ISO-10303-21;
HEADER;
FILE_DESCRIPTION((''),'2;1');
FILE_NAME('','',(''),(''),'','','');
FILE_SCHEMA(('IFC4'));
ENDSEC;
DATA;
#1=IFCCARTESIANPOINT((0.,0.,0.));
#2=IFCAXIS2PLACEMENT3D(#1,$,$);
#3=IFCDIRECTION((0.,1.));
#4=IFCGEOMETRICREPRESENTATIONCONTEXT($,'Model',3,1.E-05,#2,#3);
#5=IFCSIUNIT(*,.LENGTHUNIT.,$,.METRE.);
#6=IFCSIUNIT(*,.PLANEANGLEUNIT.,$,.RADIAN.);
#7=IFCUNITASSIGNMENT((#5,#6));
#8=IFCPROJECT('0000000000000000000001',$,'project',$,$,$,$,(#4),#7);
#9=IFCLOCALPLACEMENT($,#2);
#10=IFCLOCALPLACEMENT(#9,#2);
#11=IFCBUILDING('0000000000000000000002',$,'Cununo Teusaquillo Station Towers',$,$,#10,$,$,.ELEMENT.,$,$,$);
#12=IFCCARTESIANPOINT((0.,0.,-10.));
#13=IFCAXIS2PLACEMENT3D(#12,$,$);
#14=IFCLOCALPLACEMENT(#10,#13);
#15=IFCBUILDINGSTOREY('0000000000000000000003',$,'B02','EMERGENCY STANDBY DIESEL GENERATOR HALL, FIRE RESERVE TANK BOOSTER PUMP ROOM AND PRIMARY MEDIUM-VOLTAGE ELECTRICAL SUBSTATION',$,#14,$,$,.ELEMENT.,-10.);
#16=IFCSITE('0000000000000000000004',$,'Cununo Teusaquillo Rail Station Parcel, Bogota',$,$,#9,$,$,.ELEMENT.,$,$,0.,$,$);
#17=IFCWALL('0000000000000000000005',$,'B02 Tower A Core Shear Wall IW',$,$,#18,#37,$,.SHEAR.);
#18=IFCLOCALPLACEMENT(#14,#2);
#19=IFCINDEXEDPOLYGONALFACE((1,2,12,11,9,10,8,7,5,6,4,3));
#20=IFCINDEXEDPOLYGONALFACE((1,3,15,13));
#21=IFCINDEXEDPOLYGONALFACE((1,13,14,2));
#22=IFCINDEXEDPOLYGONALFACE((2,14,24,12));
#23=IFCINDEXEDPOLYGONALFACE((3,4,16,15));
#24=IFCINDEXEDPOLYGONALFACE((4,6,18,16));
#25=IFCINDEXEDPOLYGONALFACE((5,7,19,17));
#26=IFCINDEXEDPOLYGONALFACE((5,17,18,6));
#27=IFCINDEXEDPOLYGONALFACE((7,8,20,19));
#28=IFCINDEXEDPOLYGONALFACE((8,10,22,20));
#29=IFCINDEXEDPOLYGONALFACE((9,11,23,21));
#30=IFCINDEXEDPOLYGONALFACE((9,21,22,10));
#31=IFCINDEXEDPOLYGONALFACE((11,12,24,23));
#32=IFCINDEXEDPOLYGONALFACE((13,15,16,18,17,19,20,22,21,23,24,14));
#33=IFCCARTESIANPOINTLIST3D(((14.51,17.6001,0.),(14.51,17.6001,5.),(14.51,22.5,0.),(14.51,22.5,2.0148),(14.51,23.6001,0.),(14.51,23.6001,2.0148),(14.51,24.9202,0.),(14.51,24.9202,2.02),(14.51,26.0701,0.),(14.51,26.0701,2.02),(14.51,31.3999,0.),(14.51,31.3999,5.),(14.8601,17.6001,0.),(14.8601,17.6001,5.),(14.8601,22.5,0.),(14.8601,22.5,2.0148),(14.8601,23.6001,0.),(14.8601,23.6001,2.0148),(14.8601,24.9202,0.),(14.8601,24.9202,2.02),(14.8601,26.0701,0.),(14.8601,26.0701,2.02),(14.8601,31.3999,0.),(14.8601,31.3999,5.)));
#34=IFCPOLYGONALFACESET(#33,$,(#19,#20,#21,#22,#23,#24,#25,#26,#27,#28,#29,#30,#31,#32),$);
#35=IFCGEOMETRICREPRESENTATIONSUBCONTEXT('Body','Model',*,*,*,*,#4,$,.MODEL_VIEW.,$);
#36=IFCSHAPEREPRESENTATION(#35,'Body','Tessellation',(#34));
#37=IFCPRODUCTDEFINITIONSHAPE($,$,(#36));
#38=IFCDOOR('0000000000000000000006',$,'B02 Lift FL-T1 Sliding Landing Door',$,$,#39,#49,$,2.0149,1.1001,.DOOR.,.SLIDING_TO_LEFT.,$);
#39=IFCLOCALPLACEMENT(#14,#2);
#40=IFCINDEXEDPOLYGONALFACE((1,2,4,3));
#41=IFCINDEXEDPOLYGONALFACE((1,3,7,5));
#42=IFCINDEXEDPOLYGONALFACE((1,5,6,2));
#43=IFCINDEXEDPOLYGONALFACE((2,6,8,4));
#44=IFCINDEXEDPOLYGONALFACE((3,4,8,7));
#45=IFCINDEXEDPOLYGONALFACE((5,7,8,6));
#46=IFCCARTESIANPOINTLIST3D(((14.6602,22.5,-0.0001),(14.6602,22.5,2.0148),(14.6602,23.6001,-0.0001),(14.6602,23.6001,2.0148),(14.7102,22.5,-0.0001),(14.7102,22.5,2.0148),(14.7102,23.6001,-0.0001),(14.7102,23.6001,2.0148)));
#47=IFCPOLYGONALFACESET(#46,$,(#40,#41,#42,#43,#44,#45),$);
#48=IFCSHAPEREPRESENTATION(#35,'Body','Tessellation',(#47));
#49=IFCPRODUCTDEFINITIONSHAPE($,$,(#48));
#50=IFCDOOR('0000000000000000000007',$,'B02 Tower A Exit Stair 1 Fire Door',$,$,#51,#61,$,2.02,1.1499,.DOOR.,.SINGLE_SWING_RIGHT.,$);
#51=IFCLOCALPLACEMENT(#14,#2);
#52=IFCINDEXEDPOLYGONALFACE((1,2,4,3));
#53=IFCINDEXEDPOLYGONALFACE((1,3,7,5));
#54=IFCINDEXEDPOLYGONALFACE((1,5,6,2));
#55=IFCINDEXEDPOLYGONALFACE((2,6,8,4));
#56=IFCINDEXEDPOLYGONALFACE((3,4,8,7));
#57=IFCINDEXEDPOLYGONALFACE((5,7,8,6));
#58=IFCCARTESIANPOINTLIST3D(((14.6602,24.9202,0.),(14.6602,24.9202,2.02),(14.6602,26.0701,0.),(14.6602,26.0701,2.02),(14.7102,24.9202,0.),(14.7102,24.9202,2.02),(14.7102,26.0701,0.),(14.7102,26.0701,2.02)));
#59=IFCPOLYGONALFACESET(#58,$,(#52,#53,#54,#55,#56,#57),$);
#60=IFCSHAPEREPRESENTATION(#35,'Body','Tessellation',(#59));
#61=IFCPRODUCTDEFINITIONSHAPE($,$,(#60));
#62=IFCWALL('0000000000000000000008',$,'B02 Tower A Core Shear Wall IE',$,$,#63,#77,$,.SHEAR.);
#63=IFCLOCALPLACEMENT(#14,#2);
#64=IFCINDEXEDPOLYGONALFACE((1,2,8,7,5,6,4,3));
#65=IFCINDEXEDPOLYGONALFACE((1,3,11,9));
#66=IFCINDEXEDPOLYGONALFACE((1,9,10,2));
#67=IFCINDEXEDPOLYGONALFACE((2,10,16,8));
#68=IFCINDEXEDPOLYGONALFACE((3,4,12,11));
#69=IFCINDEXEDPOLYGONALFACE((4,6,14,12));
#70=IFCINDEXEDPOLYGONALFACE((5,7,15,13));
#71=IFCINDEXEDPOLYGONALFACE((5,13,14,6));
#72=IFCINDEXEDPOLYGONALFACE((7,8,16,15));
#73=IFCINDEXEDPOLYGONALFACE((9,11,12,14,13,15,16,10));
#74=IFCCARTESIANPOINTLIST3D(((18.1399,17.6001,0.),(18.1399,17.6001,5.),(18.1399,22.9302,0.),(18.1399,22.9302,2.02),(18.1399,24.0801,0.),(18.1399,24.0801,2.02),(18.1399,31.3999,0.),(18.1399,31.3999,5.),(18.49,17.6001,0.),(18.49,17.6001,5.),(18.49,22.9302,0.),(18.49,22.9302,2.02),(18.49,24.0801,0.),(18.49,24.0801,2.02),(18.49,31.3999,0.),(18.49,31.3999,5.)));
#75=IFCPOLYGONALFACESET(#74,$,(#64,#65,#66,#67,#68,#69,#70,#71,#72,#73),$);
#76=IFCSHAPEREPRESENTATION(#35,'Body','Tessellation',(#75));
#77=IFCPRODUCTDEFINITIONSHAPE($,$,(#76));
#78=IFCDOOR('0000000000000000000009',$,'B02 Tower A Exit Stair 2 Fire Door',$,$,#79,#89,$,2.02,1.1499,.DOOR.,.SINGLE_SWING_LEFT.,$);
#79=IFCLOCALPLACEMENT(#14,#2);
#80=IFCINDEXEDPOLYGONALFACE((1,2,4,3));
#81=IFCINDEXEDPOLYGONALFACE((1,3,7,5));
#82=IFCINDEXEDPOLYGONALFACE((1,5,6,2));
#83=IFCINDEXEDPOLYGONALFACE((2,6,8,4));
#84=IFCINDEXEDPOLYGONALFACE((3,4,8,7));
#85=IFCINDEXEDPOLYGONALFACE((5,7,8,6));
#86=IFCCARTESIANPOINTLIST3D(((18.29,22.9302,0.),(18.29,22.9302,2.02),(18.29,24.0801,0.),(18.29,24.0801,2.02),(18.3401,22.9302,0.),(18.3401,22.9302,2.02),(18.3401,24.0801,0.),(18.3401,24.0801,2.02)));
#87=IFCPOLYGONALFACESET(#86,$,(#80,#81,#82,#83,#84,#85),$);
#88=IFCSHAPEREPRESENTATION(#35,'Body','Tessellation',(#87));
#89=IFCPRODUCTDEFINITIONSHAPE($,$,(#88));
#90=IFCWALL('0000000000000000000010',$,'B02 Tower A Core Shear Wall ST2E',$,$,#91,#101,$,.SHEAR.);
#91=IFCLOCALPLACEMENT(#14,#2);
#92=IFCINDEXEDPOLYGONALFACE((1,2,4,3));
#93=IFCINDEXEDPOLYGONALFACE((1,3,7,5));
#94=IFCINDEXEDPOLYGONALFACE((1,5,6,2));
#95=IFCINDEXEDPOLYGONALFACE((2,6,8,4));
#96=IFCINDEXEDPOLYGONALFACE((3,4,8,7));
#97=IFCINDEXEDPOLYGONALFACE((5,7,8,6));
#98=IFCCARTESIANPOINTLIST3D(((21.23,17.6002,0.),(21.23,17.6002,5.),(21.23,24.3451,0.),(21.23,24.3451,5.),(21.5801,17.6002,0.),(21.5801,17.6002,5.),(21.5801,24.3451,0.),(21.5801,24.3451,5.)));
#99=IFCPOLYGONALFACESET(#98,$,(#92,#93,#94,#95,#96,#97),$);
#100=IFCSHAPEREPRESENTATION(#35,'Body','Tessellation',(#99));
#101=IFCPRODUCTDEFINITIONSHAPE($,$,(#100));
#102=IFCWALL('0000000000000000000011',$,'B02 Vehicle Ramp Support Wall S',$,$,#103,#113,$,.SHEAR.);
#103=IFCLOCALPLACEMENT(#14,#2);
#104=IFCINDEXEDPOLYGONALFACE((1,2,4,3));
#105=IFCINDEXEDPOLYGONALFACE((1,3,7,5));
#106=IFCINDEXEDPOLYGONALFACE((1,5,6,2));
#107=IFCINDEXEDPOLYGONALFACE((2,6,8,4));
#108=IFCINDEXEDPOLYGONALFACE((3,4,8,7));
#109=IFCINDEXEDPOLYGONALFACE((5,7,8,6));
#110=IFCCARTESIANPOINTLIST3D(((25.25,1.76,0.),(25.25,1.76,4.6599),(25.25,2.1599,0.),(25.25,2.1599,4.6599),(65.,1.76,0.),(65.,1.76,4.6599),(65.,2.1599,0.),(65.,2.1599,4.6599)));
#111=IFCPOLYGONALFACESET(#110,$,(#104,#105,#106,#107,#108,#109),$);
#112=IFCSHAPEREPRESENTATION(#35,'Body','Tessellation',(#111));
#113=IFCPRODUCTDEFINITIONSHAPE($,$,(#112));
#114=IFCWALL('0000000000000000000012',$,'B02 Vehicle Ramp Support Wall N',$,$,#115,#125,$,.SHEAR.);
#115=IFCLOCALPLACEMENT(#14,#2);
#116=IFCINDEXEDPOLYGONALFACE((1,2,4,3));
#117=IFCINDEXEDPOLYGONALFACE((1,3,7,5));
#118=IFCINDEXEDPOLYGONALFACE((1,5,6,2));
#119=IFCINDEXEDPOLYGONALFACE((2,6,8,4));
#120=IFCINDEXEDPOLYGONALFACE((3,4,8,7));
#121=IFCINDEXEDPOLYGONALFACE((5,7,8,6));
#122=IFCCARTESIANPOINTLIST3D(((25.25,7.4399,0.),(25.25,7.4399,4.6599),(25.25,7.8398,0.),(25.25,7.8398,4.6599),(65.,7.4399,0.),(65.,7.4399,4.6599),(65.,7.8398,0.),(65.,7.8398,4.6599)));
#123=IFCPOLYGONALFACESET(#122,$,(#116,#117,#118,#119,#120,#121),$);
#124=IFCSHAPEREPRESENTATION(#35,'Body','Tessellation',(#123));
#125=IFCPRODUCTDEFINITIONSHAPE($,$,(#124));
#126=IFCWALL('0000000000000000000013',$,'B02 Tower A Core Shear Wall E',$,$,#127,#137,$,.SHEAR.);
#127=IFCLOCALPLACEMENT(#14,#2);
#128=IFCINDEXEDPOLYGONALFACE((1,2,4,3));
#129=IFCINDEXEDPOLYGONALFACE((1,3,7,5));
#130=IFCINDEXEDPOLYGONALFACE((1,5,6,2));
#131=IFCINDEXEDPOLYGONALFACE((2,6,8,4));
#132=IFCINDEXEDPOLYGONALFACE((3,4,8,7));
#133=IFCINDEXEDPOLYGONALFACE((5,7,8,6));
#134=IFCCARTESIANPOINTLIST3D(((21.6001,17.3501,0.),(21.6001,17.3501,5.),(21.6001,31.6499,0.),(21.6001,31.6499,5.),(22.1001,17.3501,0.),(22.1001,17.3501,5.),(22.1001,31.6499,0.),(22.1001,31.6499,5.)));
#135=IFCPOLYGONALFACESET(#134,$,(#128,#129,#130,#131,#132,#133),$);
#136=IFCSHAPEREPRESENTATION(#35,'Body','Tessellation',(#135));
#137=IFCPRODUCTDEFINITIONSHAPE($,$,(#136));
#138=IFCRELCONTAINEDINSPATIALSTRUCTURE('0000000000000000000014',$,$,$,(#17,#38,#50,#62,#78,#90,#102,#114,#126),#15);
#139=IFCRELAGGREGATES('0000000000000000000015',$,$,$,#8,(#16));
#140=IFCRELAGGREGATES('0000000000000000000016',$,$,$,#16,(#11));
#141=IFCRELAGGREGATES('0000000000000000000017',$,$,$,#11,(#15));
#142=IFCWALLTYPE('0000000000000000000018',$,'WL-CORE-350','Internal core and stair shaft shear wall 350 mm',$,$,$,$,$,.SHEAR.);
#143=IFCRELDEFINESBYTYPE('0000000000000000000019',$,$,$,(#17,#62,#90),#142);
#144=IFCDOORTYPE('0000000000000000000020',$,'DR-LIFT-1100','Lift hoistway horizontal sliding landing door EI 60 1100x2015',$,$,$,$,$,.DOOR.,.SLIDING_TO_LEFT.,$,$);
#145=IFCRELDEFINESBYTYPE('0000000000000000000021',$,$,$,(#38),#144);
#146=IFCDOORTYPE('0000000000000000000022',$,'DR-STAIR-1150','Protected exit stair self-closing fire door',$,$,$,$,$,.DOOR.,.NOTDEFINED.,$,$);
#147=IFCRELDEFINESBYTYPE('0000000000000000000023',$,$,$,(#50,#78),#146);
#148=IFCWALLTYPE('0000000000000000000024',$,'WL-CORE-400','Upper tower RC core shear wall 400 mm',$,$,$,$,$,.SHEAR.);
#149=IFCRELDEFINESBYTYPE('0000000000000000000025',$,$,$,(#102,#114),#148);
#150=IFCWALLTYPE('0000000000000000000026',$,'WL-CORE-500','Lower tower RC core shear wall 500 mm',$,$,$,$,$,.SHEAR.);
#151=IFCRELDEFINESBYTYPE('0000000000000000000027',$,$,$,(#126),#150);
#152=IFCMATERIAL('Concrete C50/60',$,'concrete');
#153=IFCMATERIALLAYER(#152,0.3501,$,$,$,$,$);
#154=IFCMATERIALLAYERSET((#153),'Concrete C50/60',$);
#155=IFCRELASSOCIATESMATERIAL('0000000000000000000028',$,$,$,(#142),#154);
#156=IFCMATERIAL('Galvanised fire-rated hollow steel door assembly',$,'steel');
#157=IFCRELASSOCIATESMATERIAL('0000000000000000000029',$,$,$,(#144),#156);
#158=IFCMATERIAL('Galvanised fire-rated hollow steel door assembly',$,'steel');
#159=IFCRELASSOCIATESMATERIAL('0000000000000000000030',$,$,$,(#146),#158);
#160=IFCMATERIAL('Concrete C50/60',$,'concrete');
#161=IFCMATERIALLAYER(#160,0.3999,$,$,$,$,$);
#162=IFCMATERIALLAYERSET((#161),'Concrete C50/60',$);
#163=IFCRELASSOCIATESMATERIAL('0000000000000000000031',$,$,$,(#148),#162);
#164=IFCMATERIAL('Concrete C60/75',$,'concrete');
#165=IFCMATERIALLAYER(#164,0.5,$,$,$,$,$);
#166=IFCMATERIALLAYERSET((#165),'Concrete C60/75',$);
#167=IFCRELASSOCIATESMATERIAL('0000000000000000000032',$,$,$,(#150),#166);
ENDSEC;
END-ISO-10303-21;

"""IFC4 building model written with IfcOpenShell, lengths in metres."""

from ifc_helpers import new_model, si_unit, direction, frame, frame_2d, origin, place, context, subcontext, project, spatial, rectangle, extrude, source, transform, mapped, material, layer, layer_set, type_object, element, fill, save


model = new_model("IFC4")

# Units and contexts
model_context = context("Model", 3, precision=1e-05, world=origin(), true_north=direction((0.0, 1.0)))
body_context = subcontext(model_context, "Body", "Model", "MODEL_VIEW")
ifc_project = project(units=[si_unit("LENGTHUNIT", "METRE"), si_unit("PLANEANGLEUNIT", "RADIAN")], contexts=[model_context])

# Site, building, storey
site_placement = place(None, origin())
site = spatial("IfcSite", under=ifc_project, at=site_placement, Name="Cununo Teusaquillo Rail Station Parcel, Bogota", CompositionType="ELEMENT", RefElevation=0.0)
building_placement = place(site_placement, origin())
building = spatial("IfcBuilding", under=site, at=building_placement, Name="Cununo Teusaquillo Station Towers", CompositionType="ELEMENT")
storey_placement = place(building_placement, frame((0.0, 0.0, -10.0)))
storey = spatial("IfcBuildingStorey", under=building, at=storey_placement, Name="B02", Description="EMERGENCY STANDBY DIESEL GENERATOR HALL, FIRE RESERVE TANK BOOSTER PUMP ROOM AND PRIMARY MEDIUM-VOLTAGE ELECTRICAL SUBSTATION", CompositionType="ELEMENT", Elevation=-10.0)

# Wall, openings, doors
ifc_material_1 = material(Name="Concrete C50/60", Category="concrete")
ifc_layer_1 = layer(ifc_material_1, 0.3501)
ifc_layer_set_1 = layer_set([ifc_layer_1], Name="Concrete C50/60")
wall_type_1 = type_object("IfcWallType", Name="WL-CORE-350", Description="Internal core and stair shaft shear wall 350 mm", PredefinedType="SHEAR", material=ifc_layer_set_1)
wall_1_placement = place(storey_placement, frame((14.6851, 17.6001, 0.0), z_axis=(0.0, 0.0, 1.0), x_axis=(0.0, 1.0, 0.0)))
wall_1 = element("IfcWall", 1, at=wall_1_placement, inside=storey, type_object=wall_type_1, Name="B02 Tower A Core Shear Wall IW", PredefinedType="SHEAR", context=body_context, shape_type="SweptSolid", body=[
    extrude(rectangle(XDim=13.7998, YDim=0.3501, at=frame_2d((6.8999, 0.0))), origin(), (0.0, 0.0, 1.0), 5.0),
])
shared_shape_1 = source(origin(), body_context, "Body", "SweptSolid", [
    extrude(rectangle(XDim=1.1001, YDim=2.0149, at=frame_2d((0.55, 1.0073))), frame((0.0, 0.1851, 0.0), z_axis=(0.0, -1.0, 0.0), x_axis=(1.0, 0.0, 0.0)), (0.0, 0.0, 1.0), 0.3701),
])
opening_1_placement = place(wall_1_placement, frame((4.8999, 0.0, 0.0)))
opening_1 = element("IfcOpeningElement", 2, at=opening_1_placement, cuts=wall_1, PredefinedType="OPENING", context=body_context, shape_type="MappedRepresentation", body=[
    mapped(shared_shape_1, transform((0.0, 0.0, 0.0), x_axis=(1.0, 0.0, 0.0), y_axis=(0.0, 1.0, 0.0), z_axis=(0.0, 0.0, 1.0), scale=1.0)),
])
shared_shape_2 = source(origin(), body_context, "Body", "SweptSolid", [
    extrude(rectangle(XDim=1.1499, YDim=2.02, at=frame_2d((0.575, 1.01))), frame((0.0, 0.1851, 0.0), z_axis=(0.0, -1.0, 0.0), x_axis=(1.0, 0.0, 0.0)), (0.0, 0.0, 1.0), 0.3701),
])
opening_2_placement = place(wall_1_placement, frame((7.3201, 0.0, 0.0)))
opening_2 = element("IfcOpeningElement", 3, at=opening_2_placement, cuts=wall_1, PredefinedType="OPENING", context=body_context, shape_type="MappedRepresentation", body=[
    mapped(shared_shape_2, transform((0.0, 0.0, 0.0), x_axis=(1.0, 0.0, 0.0), y_axis=(0.0, 1.0, 0.0), z_axis=(0.0, 0.0, 1.0), scale=1.0)),
])
ifc_material_2 = material(Name="Galvanised fire-rated hollow steel door assembly", Category="steel")
door_type_1 = type_object("IfcDoorType", Name="DR-LIFT-1100", Description="Lift hoistway horizontal sliding landing door EI 60 1100x2015", OperationType="SLIDING_TO_LEFT", PredefinedType="DOOR", material=ifc_material_2)
shared_shape_3 = source(origin(), body_context, "Body", "SweptSolid", [
    extrude(rectangle(XDim=1.1001, YDim=2.0149, at=frame_2d((0.55, 1.0073))), frame((0.0, 0.0249, 0.0), z_axis=(0.0, -1.0, 0.0), x_axis=(1.0, 0.0, 0.0)), (0.0, 0.0, 1.0), 0.05),
])
door_1_placement = place(opening_1_placement, origin())
door_1 = element("IfcDoor", 4, at=door_1_placement, inside=storey, type_object=door_type_1, Name="B02 Lift FL-T1 Sliding Landing Door", OperationType="SLIDING_TO_LEFT", OverallHeight=2.0149, OverallWidth=1.1001, PredefinedType="DOOR", context=body_context, shape_type="MappedRepresentation", body=[
    mapped(shared_shape_3, transform((0.0, 0.0, 0.0), x_axis=(1.0, 0.0, 0.0), y_axis=(0.0, 1.0, 0.0), z_axis=(0.0, 0.0, 1.0), scale=1.0)),
])
fill(opening_1, door_1)
ifc_material_3 = material(Name="Galvanised fire-rated hollow steel door assembly", Category="steel")
door_type_2 = type_object("IfcDoorType", Name="DR-STAIR-1150", Description="Protected exit stair self-closing fire door", OperationType="NOTDEFINED", PredefinedType="DOOR", material=ifc_material_3)
shared_shape_4 = source(origin(), body_context, "Body", "SweptSolid", [
    extrude(rectangle(XDim=1.1499, YDim=2.02, at=frame_2d((0.575, 1.01))), frame((0.0, 0.0249, 0.0), z_axis=(0.0, -1.0, 0.0), x_axis=(1.0, 0.0, 0.0)), (0.0, 0.0, 1.0), 0.05),
])
door_2_placement = place(opening_2_placement, origin())
door_2 = element("IfcDoor", 5, at=door_2_placement, inside=storey, type_object=door_type_2, Name="B02 Tower A Exit Stair 1 Fire Door", OperationType="SINGLE_SWING_RIGHT", OverallHeight=2.02, OverallWidth=1.1499, PredefinedType="DOOR", context=body_context, shape_type="MappedRepresentation", body=[
    mapped(shared_shape_4, transform((0.0, 0.0, 0.0), x_axis=(1.0, 0.0, 0.0), y_axis=(0.0, 1.0, 0.0), z_axis=(0.0, 0.0, 1.0), scale=1.0)),
])
fill(opening_2, door_2)

# Wall, opening, door
wall_2_placement = place(storey_placement, frame((18.3149, 17.6001, 0.0), z_axis=(0.0, 0.0, 1.0), x_axis=(0.0, 1.0, 0.0)))
wall_2 = element("IfcWall", 6, at=wall_2_placement, inside=storey, type_object=wall_type_1, Name="B02 Tower A Core Shear Wall IE", PredefinedType="SHEAR", context=body_context, shape_type="SweptSolid", body=[
    extrude(rectangle(XDim=13.7998, YDim=0.3501, at=frame_2d((6.8999, 0.0))), origin(), (0.0, 0.0, 1.0), 5.0),
])
opening_3_placement = place(wall_2_placement, frame((5.3301, 0.0, 0.0)))
opening_3 = element("IfcOpeningElement", 7, at=opening_3_placement, cuts=wall_2, PredefinedType="OPENING", context=body_context, shape_type="MappedRepresentation", body=[
    mapped(shared_shape_2, transform((0.0, 0.0, 0.0), x_axis=(1.0, 0.0, 0.0), y_axis=(0.0, 1.0, 0.0), z_axis=(0.0, 0.0, 1.0), scale=1.0)),
])
door_3_placement = place(opening_3_placement, origin())
door_3 = element("IfcDoor", 8, at=door_3_placement, inside=storey, type_object=door_type_2, Name="B02 Tower A Exit Stair 2 Fire Door", OperationType="SINGLE_SWING_LEFT", OverallHeight=2.02, OverallWidth=1.1499, PredefinedType="DOOR", context=body_context, shape_type="MappedRepresentation", body=[
    mapped(shared_shape_4, transform((0.0, 0.0, 0.0), x_axis=(1.0, 0.0, 0.0), y_axis=(0.0, 1.0, 0.0), z_axis=(0.0, 0.0, 1.0), scale=1.0)),
])
fill(opening_3, door_3)

# Walls
wall_3_placement = place(storey_placement, frame((21.405, 17.6001, 0.0), z_axis=(0.0, 0.0, 1.0), x_axis=(0.0, 1.0, 0.0)))
element("IfcWall", 9, at=wall_3_placement, inside=storey, type_object=wall_type_1, Name="B02 Tower A Core Shear Wall ST2E", PredefinedType="SHEAR", context=body_context, shape_type="SweptSolid", body=[
    extrude(rectangle(XDim=6.7449, YDim=0.3501, at=frame_2d((3.3726, 0.0))), origin(), (0.0, 0.0, 1.0), 5.0),
])
ifc_material_4 = material(Name="Concrete C50/60", Category="concrete")
ifc_layer_2 = layer(ifc_material_4, 0.3999)
ifc_layer_set_2 = layer_set([ifc_layer_2], Name="Concrete C50/60")
wall_type_2 = type_object("IfcWallType", Name="WL-CORE-400", Description="Upper tower RC core shear wall 400 mm", PredefinedType="SHEAR", material=ifc_layer_set_2)
for number, where, z_axis, x_axis, name in (
    (10, (25.25, 1.96, 0.0), (0.0, 0.0, 1.0), (1.0, 0.0, 0.0), "B02 Vehicle Ramp Support Wall S"),
    (11, (25.25, 7.6399, 0.0), (0.0, 0.0, 1.0), (1.0, 0.0, 0.0), "B02 Vehicle Ramp Support Wall N"),
):
    element("IfcWall", number, at=place(storey_placement, frame(where, z_axis=z_axis, x_axis=x_axis)), inside=storey, type_object=wall_type_2, Name=name, PredefinedType="SHEAR", context=body_context, shape_type="SweptSolid", body=[
        extrude(rectangle(XDim=39.75, YDim=0.3999, at=frame_2d((19.875, 0.0))), origin(), (0.0, 0.0, 1.0), 4.6599),
    ])
ifc_material_5 = material(Name="Concrete C60/75", Category="concrete")
ifc_layer_3 = layer(ifc_material_5, 0.5)
ifc_layer_set_3 = layer_set([ifc_layer_3], Name="Concrete C60/75")
wall_type_3 = type_object("IfcWallType", Name="WL-CORE-500", Description="Lower tower RC core shear wall 500 mm", PredefinedType="SHEAR", material=ifc_layer_set_3)
wall_4_placement = place(storey_placement, frame((21.8501, 17.3501, 0.0), z_axis=(0.0, 0.0, 1.0), x_axis=(0.0, 1.0, 0.0)))
element("IfcWall", 12, at=wall_4_placement, inside=storey, type_object=wall_type_3, Name="B02 Tower A Core Shear Wall E", PredefinedType="SHEAR", context=body_context, shape_type="SweptSolid", body=[
    extrude(rectangle(XDim=14.2998, YDim=0.5, at=frame_2d((7.1499, 0.0))), origin(), (0.0, 0.0, 1.0), 5.0),
])

save(model, "model.ifc")
